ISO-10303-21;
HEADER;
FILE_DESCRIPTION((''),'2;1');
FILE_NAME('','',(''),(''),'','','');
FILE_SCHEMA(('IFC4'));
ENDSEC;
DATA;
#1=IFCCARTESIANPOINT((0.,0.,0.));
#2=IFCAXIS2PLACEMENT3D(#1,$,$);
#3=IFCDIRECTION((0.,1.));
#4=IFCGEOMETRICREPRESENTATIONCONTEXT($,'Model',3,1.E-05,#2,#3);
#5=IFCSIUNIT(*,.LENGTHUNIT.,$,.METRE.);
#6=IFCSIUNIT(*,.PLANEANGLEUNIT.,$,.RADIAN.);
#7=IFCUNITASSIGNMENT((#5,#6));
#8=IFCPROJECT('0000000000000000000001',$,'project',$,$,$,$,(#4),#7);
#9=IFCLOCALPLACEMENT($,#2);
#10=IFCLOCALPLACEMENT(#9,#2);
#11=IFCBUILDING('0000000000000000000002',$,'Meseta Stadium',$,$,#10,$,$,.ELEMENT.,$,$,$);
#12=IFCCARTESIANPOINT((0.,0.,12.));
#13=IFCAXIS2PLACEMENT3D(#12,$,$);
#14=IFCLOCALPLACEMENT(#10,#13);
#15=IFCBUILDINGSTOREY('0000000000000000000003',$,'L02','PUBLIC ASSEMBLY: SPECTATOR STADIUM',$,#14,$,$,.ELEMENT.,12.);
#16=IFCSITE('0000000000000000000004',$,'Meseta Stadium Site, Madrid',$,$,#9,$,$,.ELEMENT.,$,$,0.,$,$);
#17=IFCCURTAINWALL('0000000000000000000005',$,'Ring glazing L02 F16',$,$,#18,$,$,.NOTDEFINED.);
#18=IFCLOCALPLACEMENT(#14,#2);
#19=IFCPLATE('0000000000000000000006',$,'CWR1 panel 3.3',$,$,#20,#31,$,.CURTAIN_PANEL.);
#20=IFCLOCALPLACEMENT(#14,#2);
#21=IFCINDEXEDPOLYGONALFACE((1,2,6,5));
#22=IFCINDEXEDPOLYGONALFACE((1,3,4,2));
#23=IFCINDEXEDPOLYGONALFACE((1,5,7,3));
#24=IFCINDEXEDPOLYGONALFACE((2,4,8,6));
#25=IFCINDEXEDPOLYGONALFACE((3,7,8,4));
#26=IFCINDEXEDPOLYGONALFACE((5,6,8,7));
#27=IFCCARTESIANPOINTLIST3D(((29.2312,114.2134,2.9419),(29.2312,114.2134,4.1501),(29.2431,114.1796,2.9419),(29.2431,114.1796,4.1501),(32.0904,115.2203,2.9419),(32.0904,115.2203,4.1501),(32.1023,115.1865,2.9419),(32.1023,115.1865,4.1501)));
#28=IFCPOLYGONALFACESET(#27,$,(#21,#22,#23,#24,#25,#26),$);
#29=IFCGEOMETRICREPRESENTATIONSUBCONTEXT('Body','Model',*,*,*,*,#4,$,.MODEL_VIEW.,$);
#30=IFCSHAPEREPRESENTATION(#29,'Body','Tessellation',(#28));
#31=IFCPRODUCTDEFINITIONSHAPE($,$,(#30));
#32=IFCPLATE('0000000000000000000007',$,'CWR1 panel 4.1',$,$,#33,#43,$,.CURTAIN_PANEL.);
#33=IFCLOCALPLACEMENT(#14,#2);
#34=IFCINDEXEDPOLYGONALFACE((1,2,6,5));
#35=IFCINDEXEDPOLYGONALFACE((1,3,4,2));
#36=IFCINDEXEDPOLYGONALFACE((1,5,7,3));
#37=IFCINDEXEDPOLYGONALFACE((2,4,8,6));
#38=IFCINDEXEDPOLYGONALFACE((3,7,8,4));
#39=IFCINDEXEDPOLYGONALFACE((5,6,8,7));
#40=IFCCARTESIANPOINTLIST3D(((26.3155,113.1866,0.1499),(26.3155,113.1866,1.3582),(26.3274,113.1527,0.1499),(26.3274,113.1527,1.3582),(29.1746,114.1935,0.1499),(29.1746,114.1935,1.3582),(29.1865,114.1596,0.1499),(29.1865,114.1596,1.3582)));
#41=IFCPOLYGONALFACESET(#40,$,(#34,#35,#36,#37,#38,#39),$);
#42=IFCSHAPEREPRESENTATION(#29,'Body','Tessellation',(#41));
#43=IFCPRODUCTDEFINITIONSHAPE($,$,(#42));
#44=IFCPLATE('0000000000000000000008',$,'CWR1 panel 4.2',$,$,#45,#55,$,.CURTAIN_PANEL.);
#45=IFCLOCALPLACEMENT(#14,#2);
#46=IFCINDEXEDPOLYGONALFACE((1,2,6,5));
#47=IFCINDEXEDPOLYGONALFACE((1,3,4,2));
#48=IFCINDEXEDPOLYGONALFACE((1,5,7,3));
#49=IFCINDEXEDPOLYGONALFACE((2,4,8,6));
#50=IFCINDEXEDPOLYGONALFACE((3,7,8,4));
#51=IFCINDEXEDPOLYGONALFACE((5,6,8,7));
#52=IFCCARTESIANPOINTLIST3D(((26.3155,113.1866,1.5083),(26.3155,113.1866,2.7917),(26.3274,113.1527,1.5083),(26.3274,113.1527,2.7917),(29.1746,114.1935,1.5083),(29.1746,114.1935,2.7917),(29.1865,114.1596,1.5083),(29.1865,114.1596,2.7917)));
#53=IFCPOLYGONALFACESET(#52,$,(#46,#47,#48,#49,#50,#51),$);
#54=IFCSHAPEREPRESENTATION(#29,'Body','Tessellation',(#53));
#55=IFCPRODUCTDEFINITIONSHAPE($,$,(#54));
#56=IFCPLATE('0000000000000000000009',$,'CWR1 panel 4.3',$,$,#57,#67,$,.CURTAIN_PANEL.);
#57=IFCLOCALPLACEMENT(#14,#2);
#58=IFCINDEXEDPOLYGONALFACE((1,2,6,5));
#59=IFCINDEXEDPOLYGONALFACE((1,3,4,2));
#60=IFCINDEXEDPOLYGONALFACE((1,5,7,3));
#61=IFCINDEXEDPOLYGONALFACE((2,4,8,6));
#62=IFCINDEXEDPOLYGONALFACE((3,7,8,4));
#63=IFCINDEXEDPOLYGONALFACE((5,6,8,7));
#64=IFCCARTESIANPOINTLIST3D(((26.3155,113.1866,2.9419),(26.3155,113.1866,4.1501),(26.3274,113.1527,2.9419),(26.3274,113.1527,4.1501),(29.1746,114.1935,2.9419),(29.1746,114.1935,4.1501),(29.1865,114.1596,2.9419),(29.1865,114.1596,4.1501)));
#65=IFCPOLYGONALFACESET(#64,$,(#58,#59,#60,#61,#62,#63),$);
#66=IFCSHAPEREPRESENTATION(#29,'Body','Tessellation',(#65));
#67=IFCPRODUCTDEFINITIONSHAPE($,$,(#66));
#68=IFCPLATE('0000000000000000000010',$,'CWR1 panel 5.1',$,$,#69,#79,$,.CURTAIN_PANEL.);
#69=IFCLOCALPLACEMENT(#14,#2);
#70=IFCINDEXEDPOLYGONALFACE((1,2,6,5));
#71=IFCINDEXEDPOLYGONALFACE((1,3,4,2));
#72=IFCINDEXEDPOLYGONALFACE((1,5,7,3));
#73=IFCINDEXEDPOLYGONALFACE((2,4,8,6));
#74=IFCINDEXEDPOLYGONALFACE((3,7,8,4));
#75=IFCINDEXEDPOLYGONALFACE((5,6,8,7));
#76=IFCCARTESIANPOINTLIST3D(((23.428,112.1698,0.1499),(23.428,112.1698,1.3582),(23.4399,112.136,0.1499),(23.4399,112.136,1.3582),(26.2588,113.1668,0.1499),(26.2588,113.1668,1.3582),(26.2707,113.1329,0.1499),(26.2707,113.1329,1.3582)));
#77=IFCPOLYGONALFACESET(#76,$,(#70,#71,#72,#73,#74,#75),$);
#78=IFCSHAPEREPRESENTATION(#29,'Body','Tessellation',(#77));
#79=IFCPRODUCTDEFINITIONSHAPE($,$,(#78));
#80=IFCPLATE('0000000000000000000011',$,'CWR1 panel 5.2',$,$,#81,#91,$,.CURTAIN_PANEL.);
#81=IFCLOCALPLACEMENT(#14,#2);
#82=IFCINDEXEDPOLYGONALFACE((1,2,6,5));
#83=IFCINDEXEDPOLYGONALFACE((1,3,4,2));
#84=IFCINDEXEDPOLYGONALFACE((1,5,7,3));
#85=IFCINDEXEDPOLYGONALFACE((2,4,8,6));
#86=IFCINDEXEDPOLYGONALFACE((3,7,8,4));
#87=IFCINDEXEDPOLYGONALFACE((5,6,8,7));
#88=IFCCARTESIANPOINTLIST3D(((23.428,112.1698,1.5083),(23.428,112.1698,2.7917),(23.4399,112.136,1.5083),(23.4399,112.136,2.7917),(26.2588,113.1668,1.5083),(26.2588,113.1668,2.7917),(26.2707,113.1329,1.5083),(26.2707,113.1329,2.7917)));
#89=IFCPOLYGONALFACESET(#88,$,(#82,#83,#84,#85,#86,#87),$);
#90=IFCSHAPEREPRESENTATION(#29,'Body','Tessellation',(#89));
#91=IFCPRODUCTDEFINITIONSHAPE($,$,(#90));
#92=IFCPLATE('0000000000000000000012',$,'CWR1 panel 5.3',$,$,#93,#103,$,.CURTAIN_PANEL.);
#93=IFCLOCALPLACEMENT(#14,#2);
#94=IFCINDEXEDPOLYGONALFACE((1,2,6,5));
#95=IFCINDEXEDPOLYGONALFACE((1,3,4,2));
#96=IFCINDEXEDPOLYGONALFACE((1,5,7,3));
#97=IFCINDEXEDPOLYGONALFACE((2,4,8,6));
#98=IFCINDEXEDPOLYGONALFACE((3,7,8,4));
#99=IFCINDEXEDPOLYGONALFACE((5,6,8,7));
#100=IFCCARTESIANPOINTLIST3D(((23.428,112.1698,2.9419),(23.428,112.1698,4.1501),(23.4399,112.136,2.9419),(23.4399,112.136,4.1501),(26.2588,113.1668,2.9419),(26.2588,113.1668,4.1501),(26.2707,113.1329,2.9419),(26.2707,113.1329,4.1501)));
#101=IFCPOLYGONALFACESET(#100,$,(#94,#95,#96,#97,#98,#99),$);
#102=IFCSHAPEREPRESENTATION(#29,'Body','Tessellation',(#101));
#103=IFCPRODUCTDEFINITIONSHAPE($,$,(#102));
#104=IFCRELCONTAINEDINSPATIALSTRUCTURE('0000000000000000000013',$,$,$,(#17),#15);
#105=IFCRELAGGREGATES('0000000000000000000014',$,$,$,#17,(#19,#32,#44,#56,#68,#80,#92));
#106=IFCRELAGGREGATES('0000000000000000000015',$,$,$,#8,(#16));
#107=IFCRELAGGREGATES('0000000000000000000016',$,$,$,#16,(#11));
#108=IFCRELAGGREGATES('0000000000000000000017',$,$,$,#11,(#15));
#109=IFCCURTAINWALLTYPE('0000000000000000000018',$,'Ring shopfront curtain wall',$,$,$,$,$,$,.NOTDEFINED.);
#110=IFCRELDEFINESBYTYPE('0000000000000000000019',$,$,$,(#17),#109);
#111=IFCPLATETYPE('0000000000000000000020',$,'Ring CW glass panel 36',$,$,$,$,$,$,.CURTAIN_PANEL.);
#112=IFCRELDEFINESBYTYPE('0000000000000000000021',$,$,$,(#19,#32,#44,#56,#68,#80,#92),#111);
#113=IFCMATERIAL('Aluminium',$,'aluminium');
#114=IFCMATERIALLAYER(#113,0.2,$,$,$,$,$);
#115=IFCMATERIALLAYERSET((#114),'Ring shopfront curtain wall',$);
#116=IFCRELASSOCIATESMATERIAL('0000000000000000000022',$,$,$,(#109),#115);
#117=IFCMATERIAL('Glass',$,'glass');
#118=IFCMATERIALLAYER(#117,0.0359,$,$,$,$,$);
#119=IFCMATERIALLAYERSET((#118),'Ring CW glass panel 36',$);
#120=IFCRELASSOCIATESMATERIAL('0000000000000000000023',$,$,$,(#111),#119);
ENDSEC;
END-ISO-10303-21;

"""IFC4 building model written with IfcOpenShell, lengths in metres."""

from ifc_helpers import new_model, si_unit, direction, frame, origin, origin_2d, place, context, subcontext, project, spatial, rectangle, extrude, material, layer, layer_set, type_object, element, aggregate, save


model = new_model("IFC4")

# Units and contexts
model_context = context("Model", 3, precision=1e-05, world=origin(), true_north=direction((0.0, 1.0)))
body_context = subcontext(model_context, "Body", "Model", "MODEL_VIEW")
ifc_project = project(units=[si_unit("LENGTHUNIT", "METRE"), si_unit("PLANEANGLEUNIT", "RADIAN")], contexts=[model_context])

# Site, building, storey
site_placement = place(None, origin())
site = spatial("IfcSite", under=ifc_project, at=site_placement, Name="Meseta Stadium Site, Madrid", CompositionType="ELEMENT", RefElevation=0.0)
building_placement = place(site_placement, origin())
building = spatial("IfcBuilding", under=site, at=building_placement, Name="Meseta Stadium", CompositionType="ELEMENT")
storey_placement = place(building_placement, frame((0.0, 0.0, 12.0)))
storey = spatial("IfcBuildingStorey", under=building, at=storey_placement, Name="L02", Description="PUBLIC ASSEMBLY: SPECTATOR STADIUM", CompositionType="ELEMENT", Elevation=12.0)

# Curtain wall, plates
ifc_material_1 = material(Name="Aluminium", Category="aluminium")
ifc_layer_1 = layer(ifc_material_1, 0.2)
ifc_layer_set_1 = layer_set([ifc_layer_1], Name="Ring shopfront curtain wall")
curtain_wall_type = type_object("IfcCurtainWallType", Name="Ring shopfront curtain wall", PredefinedType="NOTDEFINED", material=ifc_layer_set_1)
curtain_wall_placement = place(storey_placement, origin())
curtain_wall = element("IfcCurtainWall", 1, at=curtain_wall_placement, inside=storey, type_object=curtain_wall_type, Name="Ring glazing L02 F16", PredefinedType="NOTDEFINED")
ifc_material_2 = material(Name="Glass", Category="glass")
ifc_layer_2 = layer(ifc_material_2, 0.0359)
ifc_layer_set_2 = layer_set([ifc_layer_2], Name="Ring CW glass panel 36")
plate_type = type_object("IfcPlateType", Name="Ring CW glass panel 36", PredefinedType="CURTAIN_PANEL", material=ifc_layer_set_2)
plate_1_placement = place(storey_placement, frame((30.6667, 114.7, 2.9419), z_axis=(0.0, 0.0, 1.0), x_axis=(-0.943218, -0.332174, 0.0)))
plate_1 = element("IfcPlate", 2, at=plate_1_placement, type_object=plate_type, Name="CWR1 panel 3.3", PredefinedType="CURTAIN_PANEL", context=body_context, shape_type="SweptSolid", body=[
    extrude(rectangle(XDim=3.0312, YDim=0.0359, at=origin_2d()), origin(), (0.0, 0.0, 1.0), 1.2083),
])
plate_2_placement = place(storey_placement, frame((27.751, 113.6731, 0.1499), z_axis=(0.0, 0.0, 1.0), x_axis=(-0.943218, -0.332174, 0.0)))
plate_2 = element("IfcPlate", 3, at=plate_2_placement, type_object=plate_type, Name="CWR1 panel 4.1", PredefinedType="CURTAIN_PANEL", context=body_context, shape_type="SweptSolid", body=[
    extrude(rectangle(XDim=3.0312, YDim=0.0359, at=origin_2d()), origin(), (0.0, 0.0, 1.0), 1.2083),
])
plate_3_placement = place(storey_placement, frame((27.751, 113.6731, 1.5083), z_axis=(0.0, 0.0, 1.0), x_axis=(-0.943218, -0.332174, 0.0)))
plate_3 = element("IfcPlate", 4, at=plate_3_placement, type_object=plate_type, Name="CWR1 panel 4.2", PredefinedType="CURTAIN_PANEL", context=body_context, shape_type="SweptSolid", body=[
    extrude(rectangle(XDim=3.0312, YDim=0.0359, at=origin_2d()), origin(), (0.0, 0.0, 1.0), 1.2834),
])
plate_4_placement = place(storey_placement, frame((27.751, 113.6731, 2.9419), z_axis=(0.0, 0.0, 1.0), x_axis=(-0.943218, -0.332174, 0.0)))
plate_4 = element("IfcPlate", 5, at=plate_4_placement, type_object=plate_type, Name="CWR1 panel 4.3", PredefinedType="CURTAIN_PANEL", context=body_context, shape_type="SweptSolid", body=[
    extrude(rectangle(XDim=3.0312, YDim=0.0359, at=origin_2d()), origin(), (0.0, 0.0, 1.0), 1.2083),
])
plate_5_placement = place(storey_placement, frame((24.8494, 112.6514, 0.1499), z_axis=(0.0, 0.0, 1.0), x_axis=(-0.943218, -0.332174, 0.0)))
plate_5 = element("IfcPlate", 6, at=plate_5_placement, type_object=plate_type, Name="CWR1 panel 5.1", PredefinedType="CURTAIN_PANEL", context=body_context, shape_type="SweptSolid", body=[
    extrude(rectangle(XDim=3.0012, YDim=0.0359, at=origin_2d()), origin(), (0.0, 0.0, 1.0), 1.2083),
])
plate_6_placement = place(storey_placement, frame((24.8494, 112.6514, 1.5083), z_axis=(0.0, 0.0, 1.0), x_axis=(-0.943218, -0.332174, 0.0)))
plate_6 = element("IfcPlate", 7, at=plate_6_placement, type_object=plate_type, Name="CWR1 panel 5.2", PredefinedType="CURTAIN_PANEL", context=body_context, shape_type="SweptSolid", body=[
    extrude(rectangle(XDim=3.0012, YDim=0.0359, at=origin_2d()), origin(), (0.0, 0.0, 1.0), 1.2834),
])
plate_7_placement = place(storey_placement, frame((24.8494, 112.6514, 2.9419), z_axis=(0.0, 0.0, 1.0), x_axis=(-0.943218, -0.332174, 0.0)))
plate_7 = element("IfcPlate", 8, at=plate_7_placement, type_object=plate_type, Name="CWR1 panel 5.3", PredefinedType="CURTAIN_PANEL", context=body_context, shape_type="SweptSolid", body=[
    extrude(rectangle(XDim=3.0012, YDim=0.0359, at=origin_2d()), origin(), (0.0, 0.0, 1.0), 1.2083),
])
aggregate(curtain_wall, [plate_1, plate_2, plate_3, plate_4, plate_5, plate_6, plate_7])

save(model, "model.ifc")
